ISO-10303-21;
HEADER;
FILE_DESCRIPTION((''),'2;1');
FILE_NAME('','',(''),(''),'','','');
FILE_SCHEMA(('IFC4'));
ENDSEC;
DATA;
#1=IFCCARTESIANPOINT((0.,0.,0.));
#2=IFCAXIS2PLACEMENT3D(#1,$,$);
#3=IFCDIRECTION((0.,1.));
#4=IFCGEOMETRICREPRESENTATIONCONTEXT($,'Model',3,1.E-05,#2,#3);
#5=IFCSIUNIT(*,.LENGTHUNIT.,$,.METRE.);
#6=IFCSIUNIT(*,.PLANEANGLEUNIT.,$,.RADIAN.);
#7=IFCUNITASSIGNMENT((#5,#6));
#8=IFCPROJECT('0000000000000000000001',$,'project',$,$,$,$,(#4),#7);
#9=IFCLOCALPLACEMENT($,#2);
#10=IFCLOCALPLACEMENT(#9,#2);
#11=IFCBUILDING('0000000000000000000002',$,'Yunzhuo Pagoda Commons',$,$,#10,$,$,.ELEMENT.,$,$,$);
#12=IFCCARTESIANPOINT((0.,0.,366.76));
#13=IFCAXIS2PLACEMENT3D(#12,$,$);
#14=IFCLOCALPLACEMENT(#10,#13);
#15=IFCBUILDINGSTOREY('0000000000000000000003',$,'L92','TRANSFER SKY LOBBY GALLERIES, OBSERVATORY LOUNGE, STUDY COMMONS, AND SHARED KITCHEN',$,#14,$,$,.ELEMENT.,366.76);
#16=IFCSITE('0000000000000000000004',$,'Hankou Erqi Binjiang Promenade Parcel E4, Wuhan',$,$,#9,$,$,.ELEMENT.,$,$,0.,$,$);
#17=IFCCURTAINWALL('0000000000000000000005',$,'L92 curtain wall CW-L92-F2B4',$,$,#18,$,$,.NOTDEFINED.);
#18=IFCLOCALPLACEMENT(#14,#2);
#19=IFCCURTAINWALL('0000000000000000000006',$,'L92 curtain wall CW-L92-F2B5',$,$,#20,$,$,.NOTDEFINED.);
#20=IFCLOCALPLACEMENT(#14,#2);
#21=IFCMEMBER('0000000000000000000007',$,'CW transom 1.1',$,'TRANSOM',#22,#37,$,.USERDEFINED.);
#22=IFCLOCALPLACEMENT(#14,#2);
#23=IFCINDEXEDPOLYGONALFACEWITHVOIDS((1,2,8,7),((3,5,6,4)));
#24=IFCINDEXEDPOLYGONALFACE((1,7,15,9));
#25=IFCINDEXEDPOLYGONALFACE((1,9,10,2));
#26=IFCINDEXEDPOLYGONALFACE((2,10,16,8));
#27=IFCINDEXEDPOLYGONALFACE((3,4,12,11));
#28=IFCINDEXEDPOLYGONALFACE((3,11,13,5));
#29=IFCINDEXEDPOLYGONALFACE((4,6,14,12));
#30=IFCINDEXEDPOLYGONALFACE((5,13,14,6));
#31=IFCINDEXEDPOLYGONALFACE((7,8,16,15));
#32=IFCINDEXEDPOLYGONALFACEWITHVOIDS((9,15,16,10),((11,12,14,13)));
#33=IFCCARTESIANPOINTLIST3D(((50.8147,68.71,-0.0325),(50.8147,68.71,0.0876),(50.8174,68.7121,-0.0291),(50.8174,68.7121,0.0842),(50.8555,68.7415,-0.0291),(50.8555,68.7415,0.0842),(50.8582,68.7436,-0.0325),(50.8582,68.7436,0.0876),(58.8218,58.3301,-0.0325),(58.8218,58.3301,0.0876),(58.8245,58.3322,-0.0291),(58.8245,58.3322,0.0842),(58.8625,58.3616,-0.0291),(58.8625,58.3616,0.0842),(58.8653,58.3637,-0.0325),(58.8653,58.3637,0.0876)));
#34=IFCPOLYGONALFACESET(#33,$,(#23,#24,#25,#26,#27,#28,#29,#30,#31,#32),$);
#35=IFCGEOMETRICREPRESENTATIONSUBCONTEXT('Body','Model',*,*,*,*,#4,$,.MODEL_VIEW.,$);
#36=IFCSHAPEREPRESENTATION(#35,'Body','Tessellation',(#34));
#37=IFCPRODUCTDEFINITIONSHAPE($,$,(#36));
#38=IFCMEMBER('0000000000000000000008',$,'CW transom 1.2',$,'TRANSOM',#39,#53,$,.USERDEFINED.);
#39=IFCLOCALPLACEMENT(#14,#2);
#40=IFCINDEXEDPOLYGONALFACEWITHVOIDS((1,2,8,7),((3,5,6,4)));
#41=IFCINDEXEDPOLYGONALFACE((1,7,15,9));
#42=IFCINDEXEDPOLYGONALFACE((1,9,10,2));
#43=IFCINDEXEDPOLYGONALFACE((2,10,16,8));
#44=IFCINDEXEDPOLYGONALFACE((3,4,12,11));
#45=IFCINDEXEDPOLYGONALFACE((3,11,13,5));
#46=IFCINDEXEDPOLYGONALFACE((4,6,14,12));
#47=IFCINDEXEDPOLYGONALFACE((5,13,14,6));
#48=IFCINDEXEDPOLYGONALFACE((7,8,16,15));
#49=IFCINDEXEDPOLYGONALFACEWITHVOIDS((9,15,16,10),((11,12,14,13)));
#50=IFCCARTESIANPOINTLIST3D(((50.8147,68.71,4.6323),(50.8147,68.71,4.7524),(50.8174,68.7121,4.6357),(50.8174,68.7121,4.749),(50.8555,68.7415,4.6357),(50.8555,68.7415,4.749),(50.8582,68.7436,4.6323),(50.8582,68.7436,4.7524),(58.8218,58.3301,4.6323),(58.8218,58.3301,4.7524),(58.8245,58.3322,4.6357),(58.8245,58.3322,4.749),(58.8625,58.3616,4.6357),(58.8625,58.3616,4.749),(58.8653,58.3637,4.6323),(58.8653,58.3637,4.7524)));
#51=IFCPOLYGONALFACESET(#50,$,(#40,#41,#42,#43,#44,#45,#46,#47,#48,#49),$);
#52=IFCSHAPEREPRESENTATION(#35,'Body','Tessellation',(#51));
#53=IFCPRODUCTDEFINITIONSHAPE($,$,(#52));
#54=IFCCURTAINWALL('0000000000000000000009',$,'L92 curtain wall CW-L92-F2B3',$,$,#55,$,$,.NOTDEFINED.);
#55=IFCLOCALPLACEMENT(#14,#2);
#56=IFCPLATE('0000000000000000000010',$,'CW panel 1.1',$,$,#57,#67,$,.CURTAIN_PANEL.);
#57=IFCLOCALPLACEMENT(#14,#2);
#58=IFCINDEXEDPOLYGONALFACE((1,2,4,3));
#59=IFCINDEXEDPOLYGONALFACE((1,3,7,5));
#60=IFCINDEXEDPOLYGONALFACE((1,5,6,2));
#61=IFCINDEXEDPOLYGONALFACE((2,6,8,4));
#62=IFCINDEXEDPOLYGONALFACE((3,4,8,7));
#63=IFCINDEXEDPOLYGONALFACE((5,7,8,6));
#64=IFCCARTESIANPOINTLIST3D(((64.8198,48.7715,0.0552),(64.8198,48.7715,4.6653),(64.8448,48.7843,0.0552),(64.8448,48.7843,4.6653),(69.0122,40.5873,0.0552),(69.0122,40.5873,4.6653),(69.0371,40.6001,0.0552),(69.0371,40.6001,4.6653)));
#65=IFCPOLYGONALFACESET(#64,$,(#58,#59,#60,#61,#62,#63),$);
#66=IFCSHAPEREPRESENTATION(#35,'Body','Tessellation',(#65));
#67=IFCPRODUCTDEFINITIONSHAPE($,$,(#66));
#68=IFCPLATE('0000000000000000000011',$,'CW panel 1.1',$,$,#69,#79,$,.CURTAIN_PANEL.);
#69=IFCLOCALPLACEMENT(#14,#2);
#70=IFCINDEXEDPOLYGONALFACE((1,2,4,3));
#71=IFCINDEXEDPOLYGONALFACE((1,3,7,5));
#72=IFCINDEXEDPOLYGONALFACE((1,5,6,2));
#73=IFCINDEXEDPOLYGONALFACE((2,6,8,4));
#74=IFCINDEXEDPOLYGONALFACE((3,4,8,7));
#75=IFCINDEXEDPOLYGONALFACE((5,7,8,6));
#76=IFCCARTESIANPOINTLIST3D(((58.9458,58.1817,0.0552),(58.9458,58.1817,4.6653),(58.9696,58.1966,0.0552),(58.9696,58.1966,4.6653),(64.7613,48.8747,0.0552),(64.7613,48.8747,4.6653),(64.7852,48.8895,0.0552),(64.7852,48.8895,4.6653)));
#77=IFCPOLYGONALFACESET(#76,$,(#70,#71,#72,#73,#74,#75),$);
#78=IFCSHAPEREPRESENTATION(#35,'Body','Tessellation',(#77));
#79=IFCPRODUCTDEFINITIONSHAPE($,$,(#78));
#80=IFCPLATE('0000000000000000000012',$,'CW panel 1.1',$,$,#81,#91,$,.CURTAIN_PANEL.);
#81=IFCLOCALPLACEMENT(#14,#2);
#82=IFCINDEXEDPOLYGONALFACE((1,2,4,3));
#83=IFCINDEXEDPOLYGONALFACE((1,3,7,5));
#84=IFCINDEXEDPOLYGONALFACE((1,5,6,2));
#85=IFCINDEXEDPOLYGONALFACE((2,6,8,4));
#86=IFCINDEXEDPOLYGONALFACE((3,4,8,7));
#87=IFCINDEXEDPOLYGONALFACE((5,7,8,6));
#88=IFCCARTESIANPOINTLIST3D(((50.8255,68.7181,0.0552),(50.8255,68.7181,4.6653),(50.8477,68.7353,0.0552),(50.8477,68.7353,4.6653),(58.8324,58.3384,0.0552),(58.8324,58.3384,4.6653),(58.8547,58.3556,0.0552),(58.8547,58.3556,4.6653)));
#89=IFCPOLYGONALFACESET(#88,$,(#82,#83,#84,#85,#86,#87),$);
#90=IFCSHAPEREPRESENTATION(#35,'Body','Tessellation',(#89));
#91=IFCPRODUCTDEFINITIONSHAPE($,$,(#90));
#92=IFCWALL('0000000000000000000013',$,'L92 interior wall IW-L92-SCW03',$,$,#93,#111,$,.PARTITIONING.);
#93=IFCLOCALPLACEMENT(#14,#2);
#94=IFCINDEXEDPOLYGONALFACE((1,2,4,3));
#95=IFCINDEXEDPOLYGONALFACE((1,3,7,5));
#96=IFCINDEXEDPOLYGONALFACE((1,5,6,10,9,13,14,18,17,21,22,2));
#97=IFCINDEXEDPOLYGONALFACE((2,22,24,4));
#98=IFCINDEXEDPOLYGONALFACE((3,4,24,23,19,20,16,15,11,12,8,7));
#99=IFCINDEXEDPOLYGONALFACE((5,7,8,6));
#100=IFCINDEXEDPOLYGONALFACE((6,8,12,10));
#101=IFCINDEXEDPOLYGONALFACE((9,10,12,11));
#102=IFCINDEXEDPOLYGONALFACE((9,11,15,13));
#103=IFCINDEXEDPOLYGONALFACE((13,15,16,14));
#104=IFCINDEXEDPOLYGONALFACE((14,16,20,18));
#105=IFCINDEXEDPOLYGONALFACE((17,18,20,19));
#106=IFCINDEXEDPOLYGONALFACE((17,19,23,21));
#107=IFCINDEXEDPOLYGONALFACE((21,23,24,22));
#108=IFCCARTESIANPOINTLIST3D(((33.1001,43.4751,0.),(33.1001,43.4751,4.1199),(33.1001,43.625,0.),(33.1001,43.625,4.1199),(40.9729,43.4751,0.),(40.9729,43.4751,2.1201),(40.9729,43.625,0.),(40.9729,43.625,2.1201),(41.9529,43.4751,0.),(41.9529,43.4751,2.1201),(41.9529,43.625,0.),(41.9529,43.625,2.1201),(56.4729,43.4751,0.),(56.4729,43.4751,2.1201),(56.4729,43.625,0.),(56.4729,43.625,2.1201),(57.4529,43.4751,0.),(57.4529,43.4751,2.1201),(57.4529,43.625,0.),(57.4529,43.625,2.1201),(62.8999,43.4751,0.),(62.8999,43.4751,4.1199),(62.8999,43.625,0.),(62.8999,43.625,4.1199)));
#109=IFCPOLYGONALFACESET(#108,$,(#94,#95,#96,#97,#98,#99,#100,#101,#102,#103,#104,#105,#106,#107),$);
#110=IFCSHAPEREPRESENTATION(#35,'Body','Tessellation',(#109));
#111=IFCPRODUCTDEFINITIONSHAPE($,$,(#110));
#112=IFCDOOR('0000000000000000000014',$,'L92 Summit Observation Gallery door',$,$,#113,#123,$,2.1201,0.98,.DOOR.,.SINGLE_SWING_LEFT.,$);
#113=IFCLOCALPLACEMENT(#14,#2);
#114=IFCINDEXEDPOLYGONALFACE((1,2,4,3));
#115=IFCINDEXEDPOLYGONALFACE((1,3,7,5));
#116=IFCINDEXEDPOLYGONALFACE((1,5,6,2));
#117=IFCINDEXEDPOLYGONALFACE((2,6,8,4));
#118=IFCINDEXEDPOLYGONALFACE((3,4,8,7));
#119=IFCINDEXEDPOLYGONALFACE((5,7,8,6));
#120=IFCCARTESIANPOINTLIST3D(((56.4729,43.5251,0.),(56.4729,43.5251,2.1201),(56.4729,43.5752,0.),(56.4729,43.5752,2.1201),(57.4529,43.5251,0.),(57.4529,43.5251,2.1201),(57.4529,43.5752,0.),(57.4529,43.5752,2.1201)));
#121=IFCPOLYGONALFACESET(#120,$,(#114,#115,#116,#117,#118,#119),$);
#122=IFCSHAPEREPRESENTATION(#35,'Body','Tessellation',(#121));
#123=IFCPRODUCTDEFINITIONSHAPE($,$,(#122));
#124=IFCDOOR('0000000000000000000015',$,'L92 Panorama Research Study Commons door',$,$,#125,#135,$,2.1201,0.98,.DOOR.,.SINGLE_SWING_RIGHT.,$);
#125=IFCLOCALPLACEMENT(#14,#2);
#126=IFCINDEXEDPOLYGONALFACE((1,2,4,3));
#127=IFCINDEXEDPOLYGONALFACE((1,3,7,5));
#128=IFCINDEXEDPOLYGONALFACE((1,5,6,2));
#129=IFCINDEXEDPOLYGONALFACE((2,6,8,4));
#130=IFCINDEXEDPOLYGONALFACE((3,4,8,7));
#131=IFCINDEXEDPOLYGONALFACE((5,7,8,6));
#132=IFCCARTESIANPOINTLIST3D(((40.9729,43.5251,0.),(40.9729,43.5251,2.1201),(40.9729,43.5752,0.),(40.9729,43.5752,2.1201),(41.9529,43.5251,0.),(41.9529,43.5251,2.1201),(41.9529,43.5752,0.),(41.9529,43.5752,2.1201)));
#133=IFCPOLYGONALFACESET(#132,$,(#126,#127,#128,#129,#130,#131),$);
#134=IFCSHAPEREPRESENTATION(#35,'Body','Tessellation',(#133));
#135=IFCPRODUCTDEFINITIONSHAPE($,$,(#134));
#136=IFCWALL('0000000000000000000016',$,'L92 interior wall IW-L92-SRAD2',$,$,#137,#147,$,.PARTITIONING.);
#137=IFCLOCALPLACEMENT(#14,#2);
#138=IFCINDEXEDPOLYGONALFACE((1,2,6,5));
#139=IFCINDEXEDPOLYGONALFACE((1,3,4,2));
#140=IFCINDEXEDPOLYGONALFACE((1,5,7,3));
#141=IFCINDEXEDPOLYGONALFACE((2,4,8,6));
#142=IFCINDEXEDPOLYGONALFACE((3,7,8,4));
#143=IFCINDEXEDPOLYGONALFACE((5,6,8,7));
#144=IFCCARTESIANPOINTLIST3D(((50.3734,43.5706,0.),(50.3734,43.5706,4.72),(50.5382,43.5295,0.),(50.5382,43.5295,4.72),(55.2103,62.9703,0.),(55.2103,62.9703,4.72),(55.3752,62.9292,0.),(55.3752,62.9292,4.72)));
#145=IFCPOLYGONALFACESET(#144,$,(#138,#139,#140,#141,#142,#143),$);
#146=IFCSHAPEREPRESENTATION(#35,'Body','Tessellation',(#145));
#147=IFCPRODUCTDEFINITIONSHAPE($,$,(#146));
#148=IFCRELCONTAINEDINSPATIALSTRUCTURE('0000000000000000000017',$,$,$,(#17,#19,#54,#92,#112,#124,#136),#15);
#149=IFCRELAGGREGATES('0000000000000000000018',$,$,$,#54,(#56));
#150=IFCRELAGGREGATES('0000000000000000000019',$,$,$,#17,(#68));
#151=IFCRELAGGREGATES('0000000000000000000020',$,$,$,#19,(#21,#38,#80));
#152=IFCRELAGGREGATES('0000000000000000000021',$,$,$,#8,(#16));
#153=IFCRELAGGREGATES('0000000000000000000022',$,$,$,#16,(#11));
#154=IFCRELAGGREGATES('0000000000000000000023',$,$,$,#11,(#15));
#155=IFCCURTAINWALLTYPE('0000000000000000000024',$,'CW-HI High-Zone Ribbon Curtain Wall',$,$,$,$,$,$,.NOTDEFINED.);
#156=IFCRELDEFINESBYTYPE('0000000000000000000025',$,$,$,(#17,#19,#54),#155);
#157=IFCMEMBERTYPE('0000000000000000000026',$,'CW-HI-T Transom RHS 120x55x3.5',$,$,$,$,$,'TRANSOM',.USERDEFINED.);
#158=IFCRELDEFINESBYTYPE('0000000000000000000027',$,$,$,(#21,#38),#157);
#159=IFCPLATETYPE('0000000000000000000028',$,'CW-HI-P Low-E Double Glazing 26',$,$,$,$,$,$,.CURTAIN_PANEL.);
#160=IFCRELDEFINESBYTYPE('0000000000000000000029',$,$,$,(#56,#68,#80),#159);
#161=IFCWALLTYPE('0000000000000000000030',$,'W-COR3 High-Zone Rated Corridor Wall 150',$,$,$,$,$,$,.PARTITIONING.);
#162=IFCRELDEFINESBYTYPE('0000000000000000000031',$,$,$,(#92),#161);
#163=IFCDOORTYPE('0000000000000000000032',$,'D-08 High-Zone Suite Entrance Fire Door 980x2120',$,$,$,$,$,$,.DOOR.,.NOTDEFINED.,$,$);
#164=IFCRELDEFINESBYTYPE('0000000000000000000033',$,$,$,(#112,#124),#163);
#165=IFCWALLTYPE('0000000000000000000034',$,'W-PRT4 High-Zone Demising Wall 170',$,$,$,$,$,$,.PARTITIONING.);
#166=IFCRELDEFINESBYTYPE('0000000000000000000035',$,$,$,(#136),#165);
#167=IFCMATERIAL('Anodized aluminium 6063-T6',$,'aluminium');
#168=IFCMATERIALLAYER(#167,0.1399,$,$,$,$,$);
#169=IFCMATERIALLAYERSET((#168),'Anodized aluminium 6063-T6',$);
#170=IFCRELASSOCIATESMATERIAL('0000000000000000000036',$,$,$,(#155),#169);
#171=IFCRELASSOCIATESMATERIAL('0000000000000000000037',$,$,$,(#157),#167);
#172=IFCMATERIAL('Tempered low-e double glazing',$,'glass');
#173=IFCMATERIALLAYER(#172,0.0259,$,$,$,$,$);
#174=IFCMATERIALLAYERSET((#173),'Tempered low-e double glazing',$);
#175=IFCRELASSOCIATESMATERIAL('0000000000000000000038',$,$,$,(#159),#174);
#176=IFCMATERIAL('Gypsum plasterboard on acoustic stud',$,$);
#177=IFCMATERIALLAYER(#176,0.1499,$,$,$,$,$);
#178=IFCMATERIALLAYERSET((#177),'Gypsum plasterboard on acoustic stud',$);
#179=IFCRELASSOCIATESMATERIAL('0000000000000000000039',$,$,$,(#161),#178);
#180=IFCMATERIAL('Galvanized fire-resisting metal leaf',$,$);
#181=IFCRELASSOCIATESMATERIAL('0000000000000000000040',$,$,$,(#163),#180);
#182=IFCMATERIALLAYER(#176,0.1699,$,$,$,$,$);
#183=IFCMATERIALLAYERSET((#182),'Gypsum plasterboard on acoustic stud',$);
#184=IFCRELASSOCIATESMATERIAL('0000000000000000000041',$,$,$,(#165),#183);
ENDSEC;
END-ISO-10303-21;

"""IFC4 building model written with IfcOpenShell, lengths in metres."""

from ifc_helpers import new_model, si_unit, direction, frame, frame_2d, origin, origin_with_axes, origin_2d, place, context, subcontext, project, spatial, rectangle, hollow_rectangle, extrude, source, transform, mapped, material, layer, layer_set, material_profile, profile_set, type_object, element, fill, aggregate, save


model = new_model("IFC4")

# Units and contexts
model_context = context("Model", 3, precision=1e-05, world=origin(), true_north=direction((0.0, 1.0)))
body_context = subcontext(model_context, "Body", "Model", "MODEL_VIEW")
ifc_project = project(units=[si_unit("LENGTHUNIT", "METRE"), si_unit("PLANEANGLEUNIT", "RADIAN")], contexts=[model_context])

# Site, building, storey
site_placement = place(None, origin())
site = spatial("IfcSite", under=ifc_project, at=site_placement, Name="Hankou Erqi Binjiang Promenade Parcel E4, Wuhan", CompositionType="ELEMENT", RefElevation=0.0)
building_placement = place(site_placement, origin())
building = spatial("IfcBuilding", under=site, at=building_placement, Name="Yunzhuo Pagoda Commons", CompositionType="ELEMENT")
storey_placement = place(building_placement, frame((0.0, 0.0, 366.76)))
storey = spatial("IfcBuildingStorey", under=building, at=storey_placement, Name="L92", Description="TRANSFER SKY LOBBY GALLERIES, OBSERVATORY LOUNGE, STUDY COMMONS, AND SHARED KITCHEN", CompositionType="ELEMENT", Elevation=366.76)

# Curtain walls
ifc_material_1 = material(Name="Anodized aluminium 6063-T6", Category="aluminium")
ifc_layer_1 = layer(ifc_material_1, 0.1399)
ifc_layer_set_1 = layer_set([ifc_layer_1], Name="Anodized aluminium 6063-T6")
curtain_wall_type = type_object("IfcCurtainWallType", Name="CW-HI High-Zone Ribbon Curtain Wall", PredefinedType="NOTDEFINED", material=ifc_layer_set_1)
curtain_wall_1_placement = place(storey_placement, origin())
curtain_wall_1 = element("IfcCurtainWall", 1, at=curtain_wall_1_placement, inside=storey, type_object=curtain_wall_type, Name="L92 curtain wall CW-L92-F2B4", PredefinedType="NOTDEFINED")
curtain_wall_2_placement = place(storey_placement, origin())
curtain_wall_2 = element("IfcCurtainWall", 2, at=curtain_wall_2_placement, inside=storey, type_object=curtain_wall_type, Name="L92 curtain wall CW-L92-F2B5", PredefinedType="NOTDEFINED")

# Members
ifc_material_profile_1 = material_profile(ifc_material_1, hollow_rectangle(XDim=0.0549, YDim=0.1201, WallThickness=0.0034, at=origin_2d()), Name="Anodized aluminium 6063-T6")
ifc_profile_set_1 = profile_set([ifc_material_profile_1], Name="Anodized aluminium 6063-T6")
member_type_1 = type_object("IfcMemberType", Name="CW-HI-T Transom RHS 120x55x3.5", ElementType="TRANSOM", PredefinedType="USERDEFINED", material=ifc_profile_set_1)
shared_shape_1 = source(origin(), body_context, "Body", "SweptSolid", [
    extrude(hollow_rectangle(XDim=0.0549, YDim=0.1201, WallThickness=0.0034, at=origin_2d()), origin(), (0.0, 0.0, 1.0), 13.1094),
])
member_1_placement = place(storey_placement, frame((58.8435, 58.3469, 0.0276), z_axis=(-0.610791, 0.791792, 0.0), x_axis=(-0.791792, -0.610791, 0.0)))
member_1 = element("IfcMember", 3, at=member_1_placement, type_object=member_type_1, Name="CW transom 1.1", ObjectType="TRANSOM", PredefinedType="USERDEFINED", context=body_context, shape_type="MappedRepresentation", body=[
    mapped(shared_shape_1, transform((0.0, 0.0, 0.0), scale=1.0)),
])
member_2_placement = place(storey_placement, frame((58.8435, 58.3469, 4.6924), z_axis=(-0.610791, 0.791792, 0.0), x_axis=(-0.791792, -0.610791, 0.0)))
member_2 = element("IfcMember", 4, at=member_2_placement, type_object=member_type_1, Name="CW transom 1.2", ObjectType="TRANSOM", PredefinedType="USERDEFINED", context=body_context, shape_type="MappedRepresentation", body=[
    mapped(shared_shape_1, transform((0.0, 0.0, 0.0), scale=1.0)),
])

# Curtain wall, plate
curtain_wall_3_placement = place(storey_placement, origin())
curtain_wall_3 = element("IfcCurtainWall", 5, at=curtain_wall_3_placement, inside=storey, type_object=curtain_wall_type, Name="L92 curtain wall CW-L92-F2B3", PredefinedType="NOTDEFINED")
ifc_material_2 = material(Name="Tempered low-e double glazing", Category="glass")
ifc_layer_2 = layer(ifc_material_2, 0.0259)
ifc_layer_set_2 = layer_set([ifc_layer_2], Name="Tempered low-e double glazing")
plate_type = type_object("IfcPlateType", Name="CW-HI-P Low-E Double Glazing 26", PredefinedType="CURTAIN_PANEL", material=ifc_layer_set_2)
shared_shape_2 = source(origin(), body_context, "Body", "SweptSolid", [
    extrude(rectangle(XDim=9.1956, YDim=0.0281, at=origin_2d()), origin(), (0.0, 0.0, 1.0), 4.6101),
])
plate_1_placement = place(storey_placement, frame((66.9285, 44.6858, 0.0552), z_axis=(0.0, 0.0, 1.0), x_axis=(-0.455913, 0.890024, 0.0)))
plate_1 = element("IfcPlate", 6, at=plate_1_placement, type_object=plate_type, Name="CW panel 1.1", PredefinedType="CURTAIN_PANEL", context=body_context, shape_type="MappedRepresentation", body=[
    mapped(shared_shape_2, transform((0.0, 0.0, 0.0), scale=1.0)),
])
aggregate(curtain_wall_3, [plate_1])

# Plates
shared_shape_3 = source(origin(), body_context, "Body", "SweptSolid", [
    extrude(rectangle(XDim=10.9746, YDim=0.0281, at=origin_2d()), origin(), (0.0, 0.0, 1.0), 4.6101),
])
plate_2_placement = place(storey_placement, frame((61.8655, 53.5356, 0.0552), z_axis=(0.0, 0.0, 1.0), x_axis=(-0.529908, 0.848055, 0.0)))
plate_2 = element("IfcPlate", 7, at=plate_2_placement, type_object=plate_type, Name="CW panel 1.1", PredefinedType="CURTAIN_PANEL", context=body_context, shape_type="MappedRepresentation", body=[
    mapped(shared_shape_3, transform((0.0, 0.0, 0.0), scale=1.0)),
])
aggregate(curtain_wall_1, [plate_2])
shared_shape_4 = source(origin(), body_context, "Body", "SweptSolid", [
    extrude(rectangle(XDim=13.1091, YDim=0.0281, at=origin_2d()), origin(), (0.0, 0.0, 1.0), 4.6101),
])
plate_3_placement = place(storey_placement, frame((54.8401, 63.5369, 0.0552), z_axis=(0.0, 0.0, 1.0), x_axis=(-0.61079, 0.791793, 0.0)))
plate_3 = element("IfcPlate", 8, at=plate_3_placement, type_object=plate_type, Name="CW panel 1.1", PredefinedType="CURTAIN_PANEL", context=body_context, shape_type="MappedRepresentation", body=[
    mapped(shared_shape_4, transform((0.0, 0.0, 0.0), scale=1.0)),
])
aggregate(curtain_wall_2, [member_1, member_2, plate_3])

# Wall, openings, doors
ifc_material_3 = material(Name="Gypsum plasterboard on acoustic stud")
ifc_layer_3 = layer(ifc_material_3, 0.1499)
ifc_layer_set_3 = layer_set([ifc_layer_3], Name="Gypsum plasterboard on acoustic stud")
wall_type_1 = type_object("IfcWallType", Name="W-COR3 High-Zone Rated Corridor Wall 150", PredefinedType="PARTITIONING", material=ifc_layer_set_3)
wall_1_placement = place(storey_placement, frame((62.8999, 43.55, 0.0), z_axis=(0.0, 0.0, 1.0), x_axis=(-1.0, 0.0, 0.0)))
wall_1 = element("IfcWall", 9, at=wall_1_placement, inside=storey, type_object=wall_type_1, Name="L92 interior wall IW-L92-SCW03", PredefinedType="PARTITIONING", context=body_context, shape_type="SweptSolid", body=[
    extrude(rectangle(XDim=29.7998, YDim=0.1499, at=frame_2d((14.8999, 0.0))), origin(), (0.0, 0.0, 1.0), 4.1199),
])
opening_1_placement = place(wall_1_placement, frame((5.447, 0.0, 0.0)))
opening_1 = element("IfcOpeningElement", 10, at=opening_1_placement, cuts=wall_1, PredefinedType="OPENING", context=body_context, shape_type="SweptSolid", body=[
    extrude(rectangle(XDim=0.98, YDim=2.1201, at=frame_2d((0.49, 1.0601))), frame((0.0, 0.085, 0.0), z_axis=(0.0, -1.0, 0.0), x_axis=(1.0, 0.0, 0.0)), (0.0, 0.0, 1.0), 0.1699),
])
opening_2_placement = place(wall_1_placement, frame((20.947, 0.0, 0.0)))
opening_2 = element("IfcOpeningElement", 11, at=opening_2_placement, cuts=wall_1, PredefinedType="OPENING", context=body_context, shape_type="SweptSolid", body=[
    extrude(rectangle(XDim=0.98, YDim=2.1201, at=frame_2d((0.49, 1.0601))), frame((0.0, 0.085, 0.0), z_axis=(0.0, -1.0, 0.0), x_axis=(1.0, 0.0, 0.0)), (0.0, 0.0, 1.0), 0.1699),
])
ifc_material_4 = material(Name="Galvanized fire-resisting metal leaf")
door_type_1 = type_object("IfcDoorType", Name="D-08 High-Zone Suite Entrance Fire Door 980x2120", OperationType="NOTDEFINED", PredefinedType="DOOR", material=ifc_material_4)
shared_shape_5 = source(origin(), body_context, "Body", "SweptSolid", [
    extrude(rectangle(XDim=0.98, YDim=2.1201, at=frame_2d((0.49, 1.0601))), frame((0.0, 0.0249, 0.0), z_axis=(0.0, -1.0, 0.0), x_axis=(1.0, 0.0, 0.0)), (0.0, 0.0, 1.0), 0.05),
])
door_1_placement = place(opening_1_placement, origin_with_axes())
door_1 = element("IfcDoor", 12, at=door_1_placement, inside=storey, type_object=door_type_1, Name="L92 Summit Observation Gallery door", OperationType="SINGLE_SWING_LEFT", OverallHeight=2.1201, OverallWidth=0.98, PredefinedType="DOOR", context=body_context, shape_type="MappedRepresentation", body=[
    mapped(shared_shape_5, transform((0.0, 0.0, 0.0), scale=1.0)),
])
fill(opening_1, door_1)
door_2_placement = place(opening_2_placement, origin_with_axes())
door_2 = element("IfcDoor", 13, at=door_2_placement, inside=storey, type_object=door_type_1, Name="L92 Panorama Research Study Commons door", OperationType="SINGLE_SWING_RIGHT", OverallHeight=2.1201, OverallWidth=0.98, PredefinedType="DOOR", context=body_context, shape_type="MappedRepresentation", body=[
    mapped(shared_shape_5, transform((0.0, 0.0, 0.0), scale=1.0)),
])
fill(opening_2, door_2)

# Wall
ifc_layer_4 = layer(ifc_material_3, 0.1699)
ifc_layer_set_4 = layer_set([ifc_layer_4], Name="Gypsum plasterboard on acoustic stud")
wall_type_2 = type_object("IfcWallType", Name="W-PRT4 High-Zone Demising Wall 170", PredefinedType="PARTITIONING", material=ifc_layer_set_4)
wall_2_placement = place(storey_placement, frame((50.4558, 43.55, 0.0), z_axis=(0.0, 0.0, 1.0), x_axis=(0.241924, 0.970295, 0.0)))
element("IfcWall", 14, at=wall_2_placement, inside=storey, type_object=wall_type_2, Name="L92 interior wall IW-L92-SRAD2", PredefinedType="PARTITIONING", context=body_context, shape_type="SweptSolid", body=[
    extrude(rectangle(XDim=19.9937, YDim=0.1699, at=frame_2d((9.9968, 0.0))), origin(), (0.0, 0.0, 1.0), 4.72),
])

save(model, "model.ifc")
